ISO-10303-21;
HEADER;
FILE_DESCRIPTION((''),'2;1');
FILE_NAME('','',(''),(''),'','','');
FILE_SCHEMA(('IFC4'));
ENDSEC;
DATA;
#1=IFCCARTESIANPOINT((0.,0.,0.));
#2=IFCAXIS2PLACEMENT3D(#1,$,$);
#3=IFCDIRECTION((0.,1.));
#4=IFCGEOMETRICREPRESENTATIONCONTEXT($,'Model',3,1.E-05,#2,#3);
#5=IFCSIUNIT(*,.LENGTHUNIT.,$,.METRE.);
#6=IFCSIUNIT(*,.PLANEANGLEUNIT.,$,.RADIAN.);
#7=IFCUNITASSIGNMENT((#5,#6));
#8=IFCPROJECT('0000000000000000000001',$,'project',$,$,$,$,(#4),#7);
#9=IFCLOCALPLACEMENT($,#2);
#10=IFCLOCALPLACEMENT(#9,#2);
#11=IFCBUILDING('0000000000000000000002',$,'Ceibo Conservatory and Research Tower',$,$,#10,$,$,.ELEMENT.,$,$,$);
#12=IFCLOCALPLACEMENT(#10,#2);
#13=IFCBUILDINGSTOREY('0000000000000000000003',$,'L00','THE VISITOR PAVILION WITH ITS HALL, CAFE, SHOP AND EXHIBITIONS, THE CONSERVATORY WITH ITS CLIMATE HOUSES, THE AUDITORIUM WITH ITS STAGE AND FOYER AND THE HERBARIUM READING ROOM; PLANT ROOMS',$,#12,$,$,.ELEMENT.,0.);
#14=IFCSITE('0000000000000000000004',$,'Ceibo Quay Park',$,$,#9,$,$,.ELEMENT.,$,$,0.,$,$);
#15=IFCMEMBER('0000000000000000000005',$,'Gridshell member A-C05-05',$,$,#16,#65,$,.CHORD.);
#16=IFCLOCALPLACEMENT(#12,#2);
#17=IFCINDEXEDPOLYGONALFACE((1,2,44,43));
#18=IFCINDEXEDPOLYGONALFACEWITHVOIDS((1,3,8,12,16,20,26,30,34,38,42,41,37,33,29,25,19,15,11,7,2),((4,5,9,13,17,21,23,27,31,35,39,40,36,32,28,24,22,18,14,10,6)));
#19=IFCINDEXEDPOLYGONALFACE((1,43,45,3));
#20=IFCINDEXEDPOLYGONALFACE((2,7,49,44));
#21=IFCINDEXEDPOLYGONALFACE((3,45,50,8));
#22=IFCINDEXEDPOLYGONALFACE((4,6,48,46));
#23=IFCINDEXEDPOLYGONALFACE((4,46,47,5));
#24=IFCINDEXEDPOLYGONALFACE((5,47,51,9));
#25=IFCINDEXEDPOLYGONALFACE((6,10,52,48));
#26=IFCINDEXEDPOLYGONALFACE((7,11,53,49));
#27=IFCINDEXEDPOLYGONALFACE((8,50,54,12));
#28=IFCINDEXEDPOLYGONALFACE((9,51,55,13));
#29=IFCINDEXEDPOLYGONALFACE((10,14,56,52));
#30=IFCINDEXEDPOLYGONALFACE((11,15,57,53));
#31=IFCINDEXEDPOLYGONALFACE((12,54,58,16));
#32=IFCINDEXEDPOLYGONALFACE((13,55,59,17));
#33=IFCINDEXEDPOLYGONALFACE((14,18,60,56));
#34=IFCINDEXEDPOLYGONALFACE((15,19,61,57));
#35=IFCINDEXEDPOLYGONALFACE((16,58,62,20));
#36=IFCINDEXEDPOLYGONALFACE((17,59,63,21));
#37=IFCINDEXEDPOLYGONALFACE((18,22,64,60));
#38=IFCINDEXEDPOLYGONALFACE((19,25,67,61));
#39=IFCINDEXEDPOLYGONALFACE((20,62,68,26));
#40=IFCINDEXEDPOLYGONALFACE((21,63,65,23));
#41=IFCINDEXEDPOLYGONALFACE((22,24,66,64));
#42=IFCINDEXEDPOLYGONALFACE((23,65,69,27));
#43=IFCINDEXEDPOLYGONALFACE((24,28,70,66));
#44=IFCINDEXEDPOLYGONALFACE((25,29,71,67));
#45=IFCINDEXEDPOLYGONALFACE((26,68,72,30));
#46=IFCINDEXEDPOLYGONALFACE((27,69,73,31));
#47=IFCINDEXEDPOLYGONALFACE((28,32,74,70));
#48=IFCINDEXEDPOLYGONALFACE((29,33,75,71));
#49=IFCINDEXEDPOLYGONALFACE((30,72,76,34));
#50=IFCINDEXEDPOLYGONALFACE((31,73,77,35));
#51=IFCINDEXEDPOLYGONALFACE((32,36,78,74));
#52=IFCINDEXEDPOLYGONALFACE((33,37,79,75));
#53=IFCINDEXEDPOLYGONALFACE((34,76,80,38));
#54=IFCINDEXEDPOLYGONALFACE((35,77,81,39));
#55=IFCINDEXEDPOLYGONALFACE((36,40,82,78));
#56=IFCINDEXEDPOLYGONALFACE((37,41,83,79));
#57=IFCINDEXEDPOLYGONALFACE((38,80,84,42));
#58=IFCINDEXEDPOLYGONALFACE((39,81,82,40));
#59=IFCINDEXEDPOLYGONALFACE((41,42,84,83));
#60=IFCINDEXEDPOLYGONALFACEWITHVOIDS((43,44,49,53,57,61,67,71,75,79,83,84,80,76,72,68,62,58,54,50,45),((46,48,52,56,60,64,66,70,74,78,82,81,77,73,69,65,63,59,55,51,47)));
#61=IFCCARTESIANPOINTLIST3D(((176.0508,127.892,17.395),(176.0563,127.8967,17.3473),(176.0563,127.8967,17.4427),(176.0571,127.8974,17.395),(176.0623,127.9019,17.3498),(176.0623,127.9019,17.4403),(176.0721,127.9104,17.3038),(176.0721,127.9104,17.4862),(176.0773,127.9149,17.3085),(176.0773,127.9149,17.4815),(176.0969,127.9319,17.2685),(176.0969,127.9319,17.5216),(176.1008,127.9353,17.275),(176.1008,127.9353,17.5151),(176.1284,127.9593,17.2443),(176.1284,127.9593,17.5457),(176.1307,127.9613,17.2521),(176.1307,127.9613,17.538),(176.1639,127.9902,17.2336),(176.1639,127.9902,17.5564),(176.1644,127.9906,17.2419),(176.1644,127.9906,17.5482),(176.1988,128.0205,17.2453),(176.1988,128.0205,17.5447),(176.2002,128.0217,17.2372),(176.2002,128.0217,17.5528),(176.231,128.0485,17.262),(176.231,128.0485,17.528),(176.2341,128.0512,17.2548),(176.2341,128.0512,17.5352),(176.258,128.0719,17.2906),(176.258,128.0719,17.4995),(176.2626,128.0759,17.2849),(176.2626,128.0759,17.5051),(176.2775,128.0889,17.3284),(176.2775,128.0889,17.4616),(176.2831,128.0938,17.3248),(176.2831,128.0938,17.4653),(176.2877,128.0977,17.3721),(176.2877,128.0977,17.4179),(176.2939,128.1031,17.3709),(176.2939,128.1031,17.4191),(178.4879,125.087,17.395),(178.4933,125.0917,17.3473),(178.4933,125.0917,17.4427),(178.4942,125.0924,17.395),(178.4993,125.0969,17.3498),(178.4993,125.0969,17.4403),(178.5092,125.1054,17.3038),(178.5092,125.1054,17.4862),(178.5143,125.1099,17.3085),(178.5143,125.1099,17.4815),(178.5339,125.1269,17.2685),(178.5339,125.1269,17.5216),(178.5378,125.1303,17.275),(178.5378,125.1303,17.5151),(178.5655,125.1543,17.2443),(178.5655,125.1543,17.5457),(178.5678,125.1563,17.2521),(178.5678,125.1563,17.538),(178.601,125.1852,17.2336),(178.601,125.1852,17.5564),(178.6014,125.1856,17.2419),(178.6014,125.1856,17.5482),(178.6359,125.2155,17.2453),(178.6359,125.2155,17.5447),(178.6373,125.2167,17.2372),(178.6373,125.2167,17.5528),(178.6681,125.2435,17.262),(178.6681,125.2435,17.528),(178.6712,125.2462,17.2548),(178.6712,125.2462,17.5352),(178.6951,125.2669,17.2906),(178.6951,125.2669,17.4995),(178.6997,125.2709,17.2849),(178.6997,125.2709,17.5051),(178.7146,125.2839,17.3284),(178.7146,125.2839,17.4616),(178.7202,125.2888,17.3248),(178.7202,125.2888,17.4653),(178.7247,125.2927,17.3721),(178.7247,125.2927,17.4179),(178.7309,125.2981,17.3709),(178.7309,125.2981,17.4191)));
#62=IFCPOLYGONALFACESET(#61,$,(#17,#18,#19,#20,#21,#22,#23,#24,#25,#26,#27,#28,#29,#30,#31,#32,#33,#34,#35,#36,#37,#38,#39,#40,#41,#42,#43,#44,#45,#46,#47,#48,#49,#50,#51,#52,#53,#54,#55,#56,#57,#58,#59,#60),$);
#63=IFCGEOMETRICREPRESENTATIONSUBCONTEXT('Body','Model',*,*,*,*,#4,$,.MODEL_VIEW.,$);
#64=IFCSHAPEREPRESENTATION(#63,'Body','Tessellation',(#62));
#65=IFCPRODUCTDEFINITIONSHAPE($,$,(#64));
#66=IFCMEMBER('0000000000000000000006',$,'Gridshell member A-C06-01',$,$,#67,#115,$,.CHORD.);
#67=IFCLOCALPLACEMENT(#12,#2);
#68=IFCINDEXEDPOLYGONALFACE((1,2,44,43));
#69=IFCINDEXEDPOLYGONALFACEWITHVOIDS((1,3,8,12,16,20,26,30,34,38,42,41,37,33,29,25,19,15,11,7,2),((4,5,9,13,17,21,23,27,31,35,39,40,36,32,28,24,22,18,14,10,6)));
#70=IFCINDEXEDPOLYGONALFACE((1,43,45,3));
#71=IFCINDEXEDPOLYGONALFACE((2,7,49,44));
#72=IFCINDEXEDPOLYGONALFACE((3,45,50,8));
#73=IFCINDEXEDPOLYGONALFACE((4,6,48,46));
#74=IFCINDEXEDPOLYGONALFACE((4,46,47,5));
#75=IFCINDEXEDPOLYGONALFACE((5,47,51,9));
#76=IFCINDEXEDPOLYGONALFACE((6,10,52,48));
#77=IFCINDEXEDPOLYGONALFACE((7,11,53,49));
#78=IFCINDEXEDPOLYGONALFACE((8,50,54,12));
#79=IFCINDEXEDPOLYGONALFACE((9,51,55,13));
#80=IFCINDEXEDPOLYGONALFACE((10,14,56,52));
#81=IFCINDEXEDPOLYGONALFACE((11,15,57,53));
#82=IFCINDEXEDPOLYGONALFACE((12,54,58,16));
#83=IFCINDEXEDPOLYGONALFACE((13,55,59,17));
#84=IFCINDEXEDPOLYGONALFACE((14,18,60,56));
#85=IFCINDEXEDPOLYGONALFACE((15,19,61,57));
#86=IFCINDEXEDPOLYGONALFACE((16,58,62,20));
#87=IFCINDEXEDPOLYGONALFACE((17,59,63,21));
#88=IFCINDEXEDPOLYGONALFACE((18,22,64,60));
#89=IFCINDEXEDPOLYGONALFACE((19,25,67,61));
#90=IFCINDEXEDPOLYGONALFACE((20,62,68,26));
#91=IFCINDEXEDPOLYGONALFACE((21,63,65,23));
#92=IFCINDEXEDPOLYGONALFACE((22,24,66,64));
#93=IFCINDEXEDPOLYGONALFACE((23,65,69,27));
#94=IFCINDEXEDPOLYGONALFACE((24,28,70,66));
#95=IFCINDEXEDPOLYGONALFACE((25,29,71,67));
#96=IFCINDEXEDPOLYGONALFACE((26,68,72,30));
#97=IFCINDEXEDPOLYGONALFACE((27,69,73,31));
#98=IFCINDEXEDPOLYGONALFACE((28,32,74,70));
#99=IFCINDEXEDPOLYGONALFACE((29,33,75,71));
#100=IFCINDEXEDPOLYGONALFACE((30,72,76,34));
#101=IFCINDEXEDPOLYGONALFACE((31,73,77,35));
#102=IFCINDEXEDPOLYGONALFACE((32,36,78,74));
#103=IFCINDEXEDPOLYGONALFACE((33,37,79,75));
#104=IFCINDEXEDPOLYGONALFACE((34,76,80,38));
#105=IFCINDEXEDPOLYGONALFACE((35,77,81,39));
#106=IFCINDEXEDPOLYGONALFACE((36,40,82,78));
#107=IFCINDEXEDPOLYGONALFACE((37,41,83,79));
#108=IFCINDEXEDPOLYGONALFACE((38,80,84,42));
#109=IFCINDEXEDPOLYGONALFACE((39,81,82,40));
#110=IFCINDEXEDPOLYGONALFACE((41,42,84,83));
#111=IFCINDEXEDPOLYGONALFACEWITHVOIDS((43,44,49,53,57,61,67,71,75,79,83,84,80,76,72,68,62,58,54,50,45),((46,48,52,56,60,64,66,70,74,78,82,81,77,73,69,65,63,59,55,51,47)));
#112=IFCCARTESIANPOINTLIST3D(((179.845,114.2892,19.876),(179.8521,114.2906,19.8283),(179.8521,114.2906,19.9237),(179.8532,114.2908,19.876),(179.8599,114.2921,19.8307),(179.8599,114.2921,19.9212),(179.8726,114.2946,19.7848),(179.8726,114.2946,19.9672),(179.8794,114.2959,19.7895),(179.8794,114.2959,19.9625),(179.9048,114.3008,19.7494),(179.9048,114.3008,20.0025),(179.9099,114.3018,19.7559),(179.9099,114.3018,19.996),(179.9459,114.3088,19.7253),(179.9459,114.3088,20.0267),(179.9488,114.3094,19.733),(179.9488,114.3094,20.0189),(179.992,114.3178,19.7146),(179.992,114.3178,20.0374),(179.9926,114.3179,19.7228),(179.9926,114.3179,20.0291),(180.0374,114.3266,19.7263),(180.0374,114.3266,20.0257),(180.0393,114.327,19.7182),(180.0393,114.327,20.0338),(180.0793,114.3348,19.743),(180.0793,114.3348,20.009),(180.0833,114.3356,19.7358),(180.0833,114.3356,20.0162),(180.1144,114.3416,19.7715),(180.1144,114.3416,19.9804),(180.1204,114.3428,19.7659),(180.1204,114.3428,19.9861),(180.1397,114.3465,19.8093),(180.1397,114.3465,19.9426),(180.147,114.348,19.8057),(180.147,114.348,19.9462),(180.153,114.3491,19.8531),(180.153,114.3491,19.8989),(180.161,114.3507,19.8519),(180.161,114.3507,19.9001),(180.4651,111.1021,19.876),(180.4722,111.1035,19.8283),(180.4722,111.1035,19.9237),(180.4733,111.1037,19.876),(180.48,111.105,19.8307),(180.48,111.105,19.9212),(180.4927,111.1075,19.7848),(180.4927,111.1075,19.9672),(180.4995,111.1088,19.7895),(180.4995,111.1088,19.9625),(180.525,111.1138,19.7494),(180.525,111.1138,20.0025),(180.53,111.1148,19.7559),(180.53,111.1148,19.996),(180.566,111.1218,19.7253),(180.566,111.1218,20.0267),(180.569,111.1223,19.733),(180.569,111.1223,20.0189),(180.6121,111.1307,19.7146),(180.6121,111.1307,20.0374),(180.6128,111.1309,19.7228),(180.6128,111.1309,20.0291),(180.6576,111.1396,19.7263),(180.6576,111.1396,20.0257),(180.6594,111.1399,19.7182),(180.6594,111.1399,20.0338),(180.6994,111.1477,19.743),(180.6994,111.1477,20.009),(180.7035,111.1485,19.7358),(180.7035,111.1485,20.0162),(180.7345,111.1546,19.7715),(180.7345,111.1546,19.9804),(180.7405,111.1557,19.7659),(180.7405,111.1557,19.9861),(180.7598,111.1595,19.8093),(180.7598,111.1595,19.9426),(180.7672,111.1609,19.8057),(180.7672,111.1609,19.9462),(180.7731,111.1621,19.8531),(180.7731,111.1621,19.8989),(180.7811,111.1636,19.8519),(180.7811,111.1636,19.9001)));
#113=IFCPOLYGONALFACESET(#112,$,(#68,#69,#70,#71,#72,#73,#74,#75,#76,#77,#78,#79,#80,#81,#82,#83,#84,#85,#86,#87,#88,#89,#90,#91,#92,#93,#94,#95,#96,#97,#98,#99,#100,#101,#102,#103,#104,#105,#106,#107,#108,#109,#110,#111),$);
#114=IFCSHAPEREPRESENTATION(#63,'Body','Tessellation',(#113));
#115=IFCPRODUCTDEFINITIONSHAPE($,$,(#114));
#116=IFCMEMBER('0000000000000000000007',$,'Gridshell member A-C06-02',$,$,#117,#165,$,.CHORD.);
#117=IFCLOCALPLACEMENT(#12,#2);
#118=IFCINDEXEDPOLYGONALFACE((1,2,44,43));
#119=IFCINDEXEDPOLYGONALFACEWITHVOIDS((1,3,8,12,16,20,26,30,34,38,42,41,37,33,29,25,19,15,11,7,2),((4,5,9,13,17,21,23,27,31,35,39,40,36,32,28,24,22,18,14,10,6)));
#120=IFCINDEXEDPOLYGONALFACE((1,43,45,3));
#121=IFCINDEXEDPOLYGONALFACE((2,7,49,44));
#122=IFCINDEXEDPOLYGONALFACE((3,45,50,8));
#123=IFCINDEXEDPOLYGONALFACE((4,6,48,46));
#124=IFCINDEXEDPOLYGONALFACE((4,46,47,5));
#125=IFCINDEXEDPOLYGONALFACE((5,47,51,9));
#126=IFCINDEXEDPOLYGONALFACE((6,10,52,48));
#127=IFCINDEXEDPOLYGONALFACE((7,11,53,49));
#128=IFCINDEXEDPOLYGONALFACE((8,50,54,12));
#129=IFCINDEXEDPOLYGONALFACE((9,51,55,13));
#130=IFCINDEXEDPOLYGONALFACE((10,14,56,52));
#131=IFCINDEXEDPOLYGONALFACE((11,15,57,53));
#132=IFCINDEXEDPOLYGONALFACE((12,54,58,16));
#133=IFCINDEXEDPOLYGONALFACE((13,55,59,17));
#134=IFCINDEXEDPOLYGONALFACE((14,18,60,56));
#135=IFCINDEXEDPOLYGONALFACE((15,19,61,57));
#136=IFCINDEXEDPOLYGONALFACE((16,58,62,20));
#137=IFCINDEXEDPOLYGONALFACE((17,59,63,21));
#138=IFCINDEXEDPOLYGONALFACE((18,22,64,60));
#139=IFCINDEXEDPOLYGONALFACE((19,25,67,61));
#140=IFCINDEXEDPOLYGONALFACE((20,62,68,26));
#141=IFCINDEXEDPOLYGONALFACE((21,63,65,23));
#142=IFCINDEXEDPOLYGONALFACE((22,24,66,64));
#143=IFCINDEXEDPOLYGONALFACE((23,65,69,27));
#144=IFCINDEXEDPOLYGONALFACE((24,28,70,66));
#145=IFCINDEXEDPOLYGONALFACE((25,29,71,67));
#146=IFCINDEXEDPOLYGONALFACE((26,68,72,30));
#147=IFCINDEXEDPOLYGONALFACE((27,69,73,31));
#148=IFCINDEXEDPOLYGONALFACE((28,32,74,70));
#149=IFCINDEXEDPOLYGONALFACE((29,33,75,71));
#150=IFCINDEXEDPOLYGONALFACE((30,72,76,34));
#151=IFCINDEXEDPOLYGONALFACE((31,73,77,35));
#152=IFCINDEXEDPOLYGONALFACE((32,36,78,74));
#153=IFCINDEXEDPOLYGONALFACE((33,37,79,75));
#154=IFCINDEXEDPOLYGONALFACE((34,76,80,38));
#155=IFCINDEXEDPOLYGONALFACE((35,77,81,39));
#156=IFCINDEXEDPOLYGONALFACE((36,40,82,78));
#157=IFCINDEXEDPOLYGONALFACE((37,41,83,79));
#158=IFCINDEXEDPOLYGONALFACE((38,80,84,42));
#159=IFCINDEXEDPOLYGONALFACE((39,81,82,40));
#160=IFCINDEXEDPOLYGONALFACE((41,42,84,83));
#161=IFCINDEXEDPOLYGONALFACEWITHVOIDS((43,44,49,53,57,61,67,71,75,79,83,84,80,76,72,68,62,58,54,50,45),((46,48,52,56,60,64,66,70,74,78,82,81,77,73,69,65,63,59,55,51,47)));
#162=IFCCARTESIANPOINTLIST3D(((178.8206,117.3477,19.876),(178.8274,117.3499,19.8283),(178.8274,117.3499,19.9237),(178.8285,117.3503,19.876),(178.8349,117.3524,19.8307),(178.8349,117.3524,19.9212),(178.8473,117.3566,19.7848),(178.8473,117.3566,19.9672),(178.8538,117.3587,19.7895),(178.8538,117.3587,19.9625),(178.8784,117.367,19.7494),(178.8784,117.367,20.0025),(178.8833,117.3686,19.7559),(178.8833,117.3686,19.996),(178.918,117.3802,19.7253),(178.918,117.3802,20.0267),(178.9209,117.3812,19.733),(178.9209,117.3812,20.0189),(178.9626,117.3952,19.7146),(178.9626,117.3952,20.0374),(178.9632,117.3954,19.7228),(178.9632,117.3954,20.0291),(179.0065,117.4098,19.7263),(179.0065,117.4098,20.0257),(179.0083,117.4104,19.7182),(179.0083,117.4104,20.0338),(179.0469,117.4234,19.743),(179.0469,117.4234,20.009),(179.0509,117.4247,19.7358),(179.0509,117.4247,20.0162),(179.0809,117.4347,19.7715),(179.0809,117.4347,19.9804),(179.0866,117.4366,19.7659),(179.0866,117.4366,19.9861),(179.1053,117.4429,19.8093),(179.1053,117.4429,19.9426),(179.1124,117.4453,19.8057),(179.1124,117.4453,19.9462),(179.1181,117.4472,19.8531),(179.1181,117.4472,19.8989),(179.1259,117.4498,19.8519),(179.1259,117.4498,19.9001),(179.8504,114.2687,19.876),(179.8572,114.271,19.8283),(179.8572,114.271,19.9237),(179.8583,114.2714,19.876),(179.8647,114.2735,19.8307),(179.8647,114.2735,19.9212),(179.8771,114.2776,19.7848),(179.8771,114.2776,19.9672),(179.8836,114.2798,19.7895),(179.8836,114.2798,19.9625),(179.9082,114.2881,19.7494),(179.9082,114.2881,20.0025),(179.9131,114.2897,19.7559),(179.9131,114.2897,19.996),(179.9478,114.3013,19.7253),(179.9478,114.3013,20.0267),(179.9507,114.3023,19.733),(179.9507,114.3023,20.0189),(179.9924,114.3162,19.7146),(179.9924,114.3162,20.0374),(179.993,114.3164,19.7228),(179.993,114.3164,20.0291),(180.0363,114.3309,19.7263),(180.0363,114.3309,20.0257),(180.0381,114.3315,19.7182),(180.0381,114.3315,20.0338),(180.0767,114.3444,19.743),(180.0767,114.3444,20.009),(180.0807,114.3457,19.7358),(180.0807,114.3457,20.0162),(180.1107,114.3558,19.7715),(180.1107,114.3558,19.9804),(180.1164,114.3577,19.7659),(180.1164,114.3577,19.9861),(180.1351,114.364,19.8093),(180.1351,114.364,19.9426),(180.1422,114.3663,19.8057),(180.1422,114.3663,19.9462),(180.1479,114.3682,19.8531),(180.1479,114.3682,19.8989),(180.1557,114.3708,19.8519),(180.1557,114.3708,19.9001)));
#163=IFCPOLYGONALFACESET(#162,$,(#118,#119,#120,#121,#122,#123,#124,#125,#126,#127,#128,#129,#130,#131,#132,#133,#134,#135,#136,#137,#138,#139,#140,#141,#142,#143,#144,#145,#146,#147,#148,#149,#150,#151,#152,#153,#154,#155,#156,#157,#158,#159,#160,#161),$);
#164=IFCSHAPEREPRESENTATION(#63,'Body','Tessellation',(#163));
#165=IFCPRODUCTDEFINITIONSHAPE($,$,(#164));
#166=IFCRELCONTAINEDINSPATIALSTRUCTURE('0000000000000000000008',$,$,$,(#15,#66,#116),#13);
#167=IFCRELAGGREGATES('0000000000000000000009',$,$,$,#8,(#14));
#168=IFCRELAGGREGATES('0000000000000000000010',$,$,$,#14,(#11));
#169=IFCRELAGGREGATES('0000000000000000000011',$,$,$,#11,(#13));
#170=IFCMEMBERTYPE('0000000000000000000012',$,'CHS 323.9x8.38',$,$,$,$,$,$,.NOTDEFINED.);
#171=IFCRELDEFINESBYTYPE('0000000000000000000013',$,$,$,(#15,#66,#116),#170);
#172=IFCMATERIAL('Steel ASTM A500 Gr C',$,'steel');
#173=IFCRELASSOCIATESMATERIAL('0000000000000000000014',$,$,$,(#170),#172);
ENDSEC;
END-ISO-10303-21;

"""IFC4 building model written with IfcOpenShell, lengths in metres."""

from ifc_helpers import new_model, si_unit, direction, frame, origin, origin_2d, place, context, subcontext, project, spatial, hollow_circle, extrude, material, material_profile, profile_set, type_object, element, save


model = new_model("IFC4")

# Units and contexts
model_context = context("Model", 3, precision=1e-05, world=origin(), true_north=direction((0.0, 1.0)))
body_context = subcontext(model_context, "Body", "Model", "MODEL_VIEW")
ifc_project = project(units=[si_unit("LENGTHUNIT", "METRE"), si_unit("PLANEANGLEUNIT", "RADIAN")], contexts=[model_context])

# Site, building, storey
site_placement = place(None, origin())
site = spatial("IfcSite", under=ifc_project, at=site_placement, Name="Ceibo Quay Park", CompositionType="ELEMENT", RefElevation=0.0)
building_placement = place(site_placement, origin())
building = spatial("IfcBuilding", under=site, at=building_placement, Name="Ceibo Conservatory and Research Tower", CompositionType="ELEMENT")
storey_placement = place(building_placement, origin())
storey = spatial("IfcBuildingStorey", under=building, at=storey_placement, Name="L00", Description="THE VISITOR PAVILION WITH ITS HALL, CAFE, SHOP AND EXHIBITIONS, THE CONSERVATORY WITH ITS CLIMATE HOUSES, THE AUDITORIUM WITH ITS STAGE AND FOYER AND THE HERBARIUM READING ROOM; PLANT ROOMS", CompositionType="ELEMENT", Elevation=0.0)

# Members
ifc_material_1 = material(Name="Steel ASTM A500 Gr C", Category="steel")
ifc_material_profile_1 = material_profile(ifc_material_1, hollow_circle(Radius=0.1619, WallThickness=0.0083, at=origin_2d()), Name="CHS 323.9x8.38")
ifc_profile_set_1 = profile_set([ifc_material_profile_1], Name="Steel ASTM A500 Gr C")
member_type_1 = type_object("IfcMemberType", Name="CHS 323.9x8.38", PredefinedType="NOTDEFINED", material=ifc_profile_set_1)
member_1_placement = place(storey_placement, frame((178.6101, 125.1931, 17.395), z_axis=(-0.655863, 0.75488, 0.0), x_axis=(-0.75488, -0.655863, 0.0)))
element("IfcMember", 1, at=member_1_placement, inside=storey, type_object=member_type_1, Name="Gridshell member A-C05-05", PredefinedType="CHORD", context=body_context, shape_type="SweptSolid", body=[
    extrude(hollow_circle(Radius=0.1619, WallThickness=0.0083, at=origin_2d()), origin(), (0.0, 0.0, 1.0), 3.7158),
])
member_2_placement = place(storey_placement, frame((180.624, 111.1331, 19.876), z_axis=(-0.190994, 0.981591, 0.0), x_axis=(-0.981591, -0.190994, 0.0)))
element("IfcMember", 2, at=member_2_placement, inside=storey, type_object=member_type_1, Name="Gridshell member A-C06-01", PredefinedType="CHORD", context=body_context, shape_type="SweptSolid", body=[
    extrude(hollow_circle(Radius=0.1619, WallThickness=0.0083, at=origin_2d()), origin(), (0.0, 0.0, 1.0), 3.2468),
])
member_3_placement = place(storey_placement, frame((180.0039, 114.3201, 19.876), z_axis=(-0.317198, 0.948359, 0.0), x_axis=(-0.948359, -0.317198, 0.0)))
element("IfcMember", 3, at=member_3_placement, inside=storey, type_object=member_type_1, Name="Gridshell member A-C06-02", PredefinedType="CHORD", context=body_context, shape_type="SweptSolid", body=[
    extrude(hollow_circle(Radius=0.1619, WallThickness=0.0083, at=origin_2d()), origin(), (0.0, 0.0, 1.0), 3.2466),
])

save(model, "model.ifc")
